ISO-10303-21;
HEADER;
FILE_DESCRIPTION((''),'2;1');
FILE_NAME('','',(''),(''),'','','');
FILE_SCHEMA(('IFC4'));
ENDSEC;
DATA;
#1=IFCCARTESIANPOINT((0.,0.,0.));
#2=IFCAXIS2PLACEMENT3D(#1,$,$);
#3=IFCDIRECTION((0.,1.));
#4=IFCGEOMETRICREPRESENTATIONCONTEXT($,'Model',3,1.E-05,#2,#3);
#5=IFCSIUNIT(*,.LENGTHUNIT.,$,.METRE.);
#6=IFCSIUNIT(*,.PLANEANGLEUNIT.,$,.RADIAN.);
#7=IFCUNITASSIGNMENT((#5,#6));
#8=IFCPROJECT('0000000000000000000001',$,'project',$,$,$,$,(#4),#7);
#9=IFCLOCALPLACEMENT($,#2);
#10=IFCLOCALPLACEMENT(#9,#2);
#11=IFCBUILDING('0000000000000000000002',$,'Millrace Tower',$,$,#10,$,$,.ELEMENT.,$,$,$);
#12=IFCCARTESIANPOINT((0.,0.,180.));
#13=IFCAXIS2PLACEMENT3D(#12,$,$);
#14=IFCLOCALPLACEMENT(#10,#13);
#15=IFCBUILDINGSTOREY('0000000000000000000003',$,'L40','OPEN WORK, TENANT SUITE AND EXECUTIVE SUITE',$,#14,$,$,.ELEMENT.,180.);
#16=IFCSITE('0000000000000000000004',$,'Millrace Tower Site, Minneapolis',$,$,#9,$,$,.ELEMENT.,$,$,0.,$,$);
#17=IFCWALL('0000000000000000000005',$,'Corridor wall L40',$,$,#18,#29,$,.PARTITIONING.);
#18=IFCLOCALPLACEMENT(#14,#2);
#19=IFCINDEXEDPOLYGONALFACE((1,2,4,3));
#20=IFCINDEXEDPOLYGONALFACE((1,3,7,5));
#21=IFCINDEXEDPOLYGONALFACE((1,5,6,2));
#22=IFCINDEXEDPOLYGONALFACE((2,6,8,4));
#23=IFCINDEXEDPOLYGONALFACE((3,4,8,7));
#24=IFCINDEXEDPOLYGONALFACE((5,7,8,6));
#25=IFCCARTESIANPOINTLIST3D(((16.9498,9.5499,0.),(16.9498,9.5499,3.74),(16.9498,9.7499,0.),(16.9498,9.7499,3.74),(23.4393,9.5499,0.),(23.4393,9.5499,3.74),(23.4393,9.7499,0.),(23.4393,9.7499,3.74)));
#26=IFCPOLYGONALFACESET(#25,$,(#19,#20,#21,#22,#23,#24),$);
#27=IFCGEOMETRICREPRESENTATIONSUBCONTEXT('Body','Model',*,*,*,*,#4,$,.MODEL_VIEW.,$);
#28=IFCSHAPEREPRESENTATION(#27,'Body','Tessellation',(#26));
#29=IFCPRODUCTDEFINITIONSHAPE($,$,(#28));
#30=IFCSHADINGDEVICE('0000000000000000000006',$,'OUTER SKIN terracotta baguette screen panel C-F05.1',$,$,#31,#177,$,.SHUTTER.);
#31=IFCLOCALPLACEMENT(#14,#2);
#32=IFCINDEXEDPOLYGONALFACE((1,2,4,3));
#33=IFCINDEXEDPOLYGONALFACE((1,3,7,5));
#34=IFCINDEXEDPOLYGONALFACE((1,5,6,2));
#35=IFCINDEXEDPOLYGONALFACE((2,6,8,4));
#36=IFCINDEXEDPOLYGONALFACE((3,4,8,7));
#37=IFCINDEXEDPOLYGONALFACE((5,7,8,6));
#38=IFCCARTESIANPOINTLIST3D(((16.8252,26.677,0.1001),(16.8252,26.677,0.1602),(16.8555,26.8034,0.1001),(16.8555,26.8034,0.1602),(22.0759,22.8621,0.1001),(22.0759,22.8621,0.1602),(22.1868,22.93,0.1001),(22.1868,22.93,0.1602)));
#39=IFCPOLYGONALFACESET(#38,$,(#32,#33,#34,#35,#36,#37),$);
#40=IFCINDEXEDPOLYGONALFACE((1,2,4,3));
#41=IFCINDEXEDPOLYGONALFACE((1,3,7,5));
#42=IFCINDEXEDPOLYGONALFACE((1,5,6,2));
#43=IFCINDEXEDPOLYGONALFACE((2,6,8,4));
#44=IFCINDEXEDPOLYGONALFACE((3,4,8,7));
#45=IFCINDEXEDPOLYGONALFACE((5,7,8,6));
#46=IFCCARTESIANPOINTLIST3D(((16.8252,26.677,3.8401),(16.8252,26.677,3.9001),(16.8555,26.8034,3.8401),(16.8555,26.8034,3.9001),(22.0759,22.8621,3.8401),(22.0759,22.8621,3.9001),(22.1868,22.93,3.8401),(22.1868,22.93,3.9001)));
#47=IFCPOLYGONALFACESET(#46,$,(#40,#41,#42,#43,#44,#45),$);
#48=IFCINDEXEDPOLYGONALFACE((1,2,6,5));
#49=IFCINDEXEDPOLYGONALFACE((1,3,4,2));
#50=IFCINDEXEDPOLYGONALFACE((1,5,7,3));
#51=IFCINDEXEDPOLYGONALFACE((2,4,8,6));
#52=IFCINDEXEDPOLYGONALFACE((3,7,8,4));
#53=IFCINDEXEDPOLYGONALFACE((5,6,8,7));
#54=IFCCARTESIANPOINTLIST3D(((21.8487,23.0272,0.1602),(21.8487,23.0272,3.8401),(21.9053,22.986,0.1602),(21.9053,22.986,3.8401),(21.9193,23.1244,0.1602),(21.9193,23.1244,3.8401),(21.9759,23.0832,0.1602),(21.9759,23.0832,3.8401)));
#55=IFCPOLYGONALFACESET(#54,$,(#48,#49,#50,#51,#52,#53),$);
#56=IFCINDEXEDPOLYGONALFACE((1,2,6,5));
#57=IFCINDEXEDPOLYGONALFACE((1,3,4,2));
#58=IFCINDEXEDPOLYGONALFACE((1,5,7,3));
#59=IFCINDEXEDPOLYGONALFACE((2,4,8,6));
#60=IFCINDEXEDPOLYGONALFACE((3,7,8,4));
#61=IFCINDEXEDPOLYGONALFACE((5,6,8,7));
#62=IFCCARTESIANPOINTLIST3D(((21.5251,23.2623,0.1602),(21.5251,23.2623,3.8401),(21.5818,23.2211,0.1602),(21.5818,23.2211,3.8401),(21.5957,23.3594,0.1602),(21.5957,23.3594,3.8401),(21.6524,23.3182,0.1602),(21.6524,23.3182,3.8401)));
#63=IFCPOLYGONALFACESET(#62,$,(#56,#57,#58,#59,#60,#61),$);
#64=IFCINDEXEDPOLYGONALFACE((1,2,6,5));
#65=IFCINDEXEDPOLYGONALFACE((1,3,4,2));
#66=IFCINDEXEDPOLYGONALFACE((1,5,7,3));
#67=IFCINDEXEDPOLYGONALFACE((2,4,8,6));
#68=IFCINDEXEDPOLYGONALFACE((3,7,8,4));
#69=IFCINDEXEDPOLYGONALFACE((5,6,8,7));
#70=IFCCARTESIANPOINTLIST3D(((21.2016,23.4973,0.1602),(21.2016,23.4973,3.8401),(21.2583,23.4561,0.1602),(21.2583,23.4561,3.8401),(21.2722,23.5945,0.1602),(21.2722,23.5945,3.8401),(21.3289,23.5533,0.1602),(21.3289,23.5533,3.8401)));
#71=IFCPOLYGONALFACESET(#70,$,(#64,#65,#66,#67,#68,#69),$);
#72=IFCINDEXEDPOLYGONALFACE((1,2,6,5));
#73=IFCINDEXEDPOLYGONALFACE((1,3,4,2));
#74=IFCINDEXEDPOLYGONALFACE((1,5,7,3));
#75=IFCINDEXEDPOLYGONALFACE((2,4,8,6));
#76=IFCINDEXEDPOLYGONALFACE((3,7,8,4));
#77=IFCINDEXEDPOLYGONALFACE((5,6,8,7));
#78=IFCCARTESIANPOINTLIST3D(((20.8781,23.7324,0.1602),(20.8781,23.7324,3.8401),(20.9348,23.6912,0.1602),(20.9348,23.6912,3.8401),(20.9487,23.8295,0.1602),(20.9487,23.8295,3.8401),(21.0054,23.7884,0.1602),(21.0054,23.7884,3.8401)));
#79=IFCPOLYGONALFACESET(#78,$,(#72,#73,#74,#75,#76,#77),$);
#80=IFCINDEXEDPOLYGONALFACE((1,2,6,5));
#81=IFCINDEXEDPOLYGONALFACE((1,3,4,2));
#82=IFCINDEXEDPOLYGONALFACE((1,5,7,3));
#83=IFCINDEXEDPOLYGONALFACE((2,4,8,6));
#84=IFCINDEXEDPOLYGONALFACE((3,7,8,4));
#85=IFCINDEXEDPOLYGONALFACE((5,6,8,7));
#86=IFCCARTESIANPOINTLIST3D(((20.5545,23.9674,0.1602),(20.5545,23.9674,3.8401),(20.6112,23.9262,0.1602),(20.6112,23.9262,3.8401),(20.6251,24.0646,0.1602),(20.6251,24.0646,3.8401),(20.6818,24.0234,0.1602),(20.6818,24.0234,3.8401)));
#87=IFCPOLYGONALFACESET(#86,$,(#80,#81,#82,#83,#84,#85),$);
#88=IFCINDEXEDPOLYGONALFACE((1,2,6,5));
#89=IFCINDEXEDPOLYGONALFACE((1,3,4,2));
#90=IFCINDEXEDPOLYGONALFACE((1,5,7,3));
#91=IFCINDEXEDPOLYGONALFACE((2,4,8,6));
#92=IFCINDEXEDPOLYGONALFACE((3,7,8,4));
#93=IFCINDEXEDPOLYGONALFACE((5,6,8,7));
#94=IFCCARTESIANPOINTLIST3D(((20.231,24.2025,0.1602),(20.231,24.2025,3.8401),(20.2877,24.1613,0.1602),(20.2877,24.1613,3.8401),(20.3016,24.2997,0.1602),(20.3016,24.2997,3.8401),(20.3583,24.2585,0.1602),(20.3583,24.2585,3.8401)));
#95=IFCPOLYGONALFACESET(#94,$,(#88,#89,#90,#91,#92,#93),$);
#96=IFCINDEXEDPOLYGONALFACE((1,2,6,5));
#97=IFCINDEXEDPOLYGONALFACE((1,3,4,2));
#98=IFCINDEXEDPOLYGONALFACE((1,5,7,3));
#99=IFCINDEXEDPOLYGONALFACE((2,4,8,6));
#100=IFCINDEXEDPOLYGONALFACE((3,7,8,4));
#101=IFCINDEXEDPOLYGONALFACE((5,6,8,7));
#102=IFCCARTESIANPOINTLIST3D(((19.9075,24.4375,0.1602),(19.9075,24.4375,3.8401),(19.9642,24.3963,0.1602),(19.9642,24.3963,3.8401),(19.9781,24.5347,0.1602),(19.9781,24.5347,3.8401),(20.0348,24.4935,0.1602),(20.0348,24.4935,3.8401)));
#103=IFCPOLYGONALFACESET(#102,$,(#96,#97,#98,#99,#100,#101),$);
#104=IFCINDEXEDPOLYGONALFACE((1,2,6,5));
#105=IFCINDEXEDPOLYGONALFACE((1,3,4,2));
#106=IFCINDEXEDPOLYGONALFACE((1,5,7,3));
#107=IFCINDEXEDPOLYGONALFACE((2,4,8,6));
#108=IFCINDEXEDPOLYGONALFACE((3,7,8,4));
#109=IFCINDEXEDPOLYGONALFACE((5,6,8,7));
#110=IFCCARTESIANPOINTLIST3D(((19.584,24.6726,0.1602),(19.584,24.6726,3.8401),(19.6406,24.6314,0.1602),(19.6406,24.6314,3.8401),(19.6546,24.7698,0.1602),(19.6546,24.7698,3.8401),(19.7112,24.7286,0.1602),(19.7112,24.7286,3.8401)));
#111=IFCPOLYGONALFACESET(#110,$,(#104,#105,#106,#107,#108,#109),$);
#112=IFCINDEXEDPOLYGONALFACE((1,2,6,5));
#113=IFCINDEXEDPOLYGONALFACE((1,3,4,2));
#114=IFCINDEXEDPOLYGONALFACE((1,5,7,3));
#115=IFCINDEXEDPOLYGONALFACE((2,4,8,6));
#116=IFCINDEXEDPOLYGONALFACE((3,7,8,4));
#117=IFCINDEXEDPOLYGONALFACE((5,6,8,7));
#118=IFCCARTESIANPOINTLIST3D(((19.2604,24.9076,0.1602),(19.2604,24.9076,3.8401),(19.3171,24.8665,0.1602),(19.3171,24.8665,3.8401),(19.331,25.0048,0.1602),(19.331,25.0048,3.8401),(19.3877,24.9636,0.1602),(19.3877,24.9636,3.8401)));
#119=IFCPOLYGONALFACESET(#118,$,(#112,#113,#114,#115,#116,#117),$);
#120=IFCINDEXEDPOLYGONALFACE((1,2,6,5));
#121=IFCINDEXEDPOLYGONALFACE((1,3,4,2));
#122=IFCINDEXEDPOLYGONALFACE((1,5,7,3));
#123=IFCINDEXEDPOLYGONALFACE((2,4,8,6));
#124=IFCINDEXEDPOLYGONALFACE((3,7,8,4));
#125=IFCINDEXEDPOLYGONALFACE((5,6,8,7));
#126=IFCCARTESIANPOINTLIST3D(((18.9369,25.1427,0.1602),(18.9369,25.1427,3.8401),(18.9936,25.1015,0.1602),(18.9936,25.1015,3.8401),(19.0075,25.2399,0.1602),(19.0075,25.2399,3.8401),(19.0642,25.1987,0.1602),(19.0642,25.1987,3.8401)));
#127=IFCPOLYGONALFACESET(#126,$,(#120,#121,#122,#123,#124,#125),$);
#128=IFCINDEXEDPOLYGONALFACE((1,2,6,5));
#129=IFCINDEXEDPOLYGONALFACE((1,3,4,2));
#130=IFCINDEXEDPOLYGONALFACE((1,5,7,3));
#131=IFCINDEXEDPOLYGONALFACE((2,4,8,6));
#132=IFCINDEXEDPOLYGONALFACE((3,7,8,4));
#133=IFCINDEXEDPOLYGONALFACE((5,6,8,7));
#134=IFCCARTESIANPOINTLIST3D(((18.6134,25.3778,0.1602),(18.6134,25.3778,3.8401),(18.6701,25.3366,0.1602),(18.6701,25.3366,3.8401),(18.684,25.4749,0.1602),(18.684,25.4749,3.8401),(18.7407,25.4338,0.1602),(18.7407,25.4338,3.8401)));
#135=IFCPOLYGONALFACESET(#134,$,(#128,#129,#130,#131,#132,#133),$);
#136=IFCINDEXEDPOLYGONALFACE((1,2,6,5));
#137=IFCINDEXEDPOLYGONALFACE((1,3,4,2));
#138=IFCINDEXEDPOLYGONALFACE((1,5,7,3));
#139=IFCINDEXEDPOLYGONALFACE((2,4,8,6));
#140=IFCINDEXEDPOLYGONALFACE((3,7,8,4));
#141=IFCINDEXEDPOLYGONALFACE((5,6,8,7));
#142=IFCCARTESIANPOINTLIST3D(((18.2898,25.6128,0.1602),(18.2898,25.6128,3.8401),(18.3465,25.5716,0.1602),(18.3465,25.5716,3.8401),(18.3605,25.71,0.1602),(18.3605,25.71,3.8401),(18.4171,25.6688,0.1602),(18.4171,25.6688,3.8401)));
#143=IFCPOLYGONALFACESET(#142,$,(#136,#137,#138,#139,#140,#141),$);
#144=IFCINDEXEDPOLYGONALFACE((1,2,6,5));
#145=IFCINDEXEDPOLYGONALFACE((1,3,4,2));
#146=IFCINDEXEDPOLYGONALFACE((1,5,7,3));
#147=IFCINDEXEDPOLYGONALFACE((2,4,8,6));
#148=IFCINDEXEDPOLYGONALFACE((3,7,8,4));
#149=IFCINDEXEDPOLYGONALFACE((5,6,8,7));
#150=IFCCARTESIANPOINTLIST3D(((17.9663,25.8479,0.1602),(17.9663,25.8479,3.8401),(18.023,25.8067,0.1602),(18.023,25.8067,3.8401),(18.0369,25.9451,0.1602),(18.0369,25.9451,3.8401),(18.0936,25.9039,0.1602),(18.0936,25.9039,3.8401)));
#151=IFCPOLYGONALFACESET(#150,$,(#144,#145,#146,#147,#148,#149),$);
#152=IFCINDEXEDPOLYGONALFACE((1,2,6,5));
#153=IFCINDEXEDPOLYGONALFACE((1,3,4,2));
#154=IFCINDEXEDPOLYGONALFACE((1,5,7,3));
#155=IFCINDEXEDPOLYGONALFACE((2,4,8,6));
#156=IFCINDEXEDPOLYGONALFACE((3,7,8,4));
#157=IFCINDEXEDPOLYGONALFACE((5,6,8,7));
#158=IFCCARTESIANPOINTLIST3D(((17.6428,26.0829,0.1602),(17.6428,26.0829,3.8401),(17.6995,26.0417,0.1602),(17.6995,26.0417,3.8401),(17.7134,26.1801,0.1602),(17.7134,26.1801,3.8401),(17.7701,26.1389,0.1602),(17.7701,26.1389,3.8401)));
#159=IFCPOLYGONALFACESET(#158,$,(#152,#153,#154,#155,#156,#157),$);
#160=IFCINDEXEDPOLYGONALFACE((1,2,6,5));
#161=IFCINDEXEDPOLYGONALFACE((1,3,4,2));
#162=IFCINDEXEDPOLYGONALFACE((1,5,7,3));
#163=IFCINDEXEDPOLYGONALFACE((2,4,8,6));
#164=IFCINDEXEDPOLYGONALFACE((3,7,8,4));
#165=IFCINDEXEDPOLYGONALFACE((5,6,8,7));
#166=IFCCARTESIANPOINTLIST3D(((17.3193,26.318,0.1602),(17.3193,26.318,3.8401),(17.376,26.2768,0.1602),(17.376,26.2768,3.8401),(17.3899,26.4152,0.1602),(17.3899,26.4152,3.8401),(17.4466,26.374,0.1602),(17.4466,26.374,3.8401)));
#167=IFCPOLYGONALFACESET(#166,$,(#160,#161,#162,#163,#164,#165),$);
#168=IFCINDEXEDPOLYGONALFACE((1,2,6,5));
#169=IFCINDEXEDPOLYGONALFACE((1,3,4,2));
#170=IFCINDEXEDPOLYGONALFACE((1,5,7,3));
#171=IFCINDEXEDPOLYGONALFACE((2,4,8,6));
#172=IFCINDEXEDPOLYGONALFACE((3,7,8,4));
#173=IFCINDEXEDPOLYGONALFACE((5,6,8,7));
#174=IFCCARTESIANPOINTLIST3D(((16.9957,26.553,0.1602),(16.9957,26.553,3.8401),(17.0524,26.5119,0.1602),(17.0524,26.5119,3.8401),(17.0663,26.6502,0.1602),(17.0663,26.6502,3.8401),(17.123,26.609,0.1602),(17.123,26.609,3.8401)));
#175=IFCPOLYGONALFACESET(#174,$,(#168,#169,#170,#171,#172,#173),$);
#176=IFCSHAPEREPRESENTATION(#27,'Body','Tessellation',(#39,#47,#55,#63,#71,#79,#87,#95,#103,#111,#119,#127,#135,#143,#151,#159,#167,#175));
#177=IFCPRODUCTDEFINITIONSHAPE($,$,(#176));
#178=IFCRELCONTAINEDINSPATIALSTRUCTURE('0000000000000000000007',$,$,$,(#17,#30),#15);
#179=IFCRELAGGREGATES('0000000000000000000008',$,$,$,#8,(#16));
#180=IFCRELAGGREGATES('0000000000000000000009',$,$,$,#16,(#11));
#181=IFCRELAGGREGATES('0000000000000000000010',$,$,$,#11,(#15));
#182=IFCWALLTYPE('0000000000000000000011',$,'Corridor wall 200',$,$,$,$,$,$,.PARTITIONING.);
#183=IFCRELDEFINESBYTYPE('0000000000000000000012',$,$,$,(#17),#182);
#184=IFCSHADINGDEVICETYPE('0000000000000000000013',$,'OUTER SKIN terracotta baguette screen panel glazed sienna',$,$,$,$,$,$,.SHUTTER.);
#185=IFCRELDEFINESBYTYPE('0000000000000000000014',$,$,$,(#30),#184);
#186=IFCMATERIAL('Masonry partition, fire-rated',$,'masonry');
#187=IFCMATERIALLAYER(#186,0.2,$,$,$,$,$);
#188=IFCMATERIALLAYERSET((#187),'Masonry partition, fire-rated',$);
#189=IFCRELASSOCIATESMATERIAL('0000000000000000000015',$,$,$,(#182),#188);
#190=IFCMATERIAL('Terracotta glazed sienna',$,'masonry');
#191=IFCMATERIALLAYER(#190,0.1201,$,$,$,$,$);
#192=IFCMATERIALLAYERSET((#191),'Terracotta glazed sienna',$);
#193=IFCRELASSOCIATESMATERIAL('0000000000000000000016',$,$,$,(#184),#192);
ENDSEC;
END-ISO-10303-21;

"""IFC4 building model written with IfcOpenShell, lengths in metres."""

from ifc_helpers import new_model, entity, si_unit, direction, frame, frame_2d, origin, place, context, subcontext, project, spatial, rectangle, extrude, source, transform, mapped, material, layer, layer_set, type_object, element, save


model = new_model("IFC4")

# Units and contexts
model_context = context("Model", 3, precision=1e-05, world=origin(), true_north=direction((0.0, 1.0)))
body_context = subcontext(model_context, "Body", "Model", "MODEL_VIEW")
ifc_project = project(units=[si_unit("LENGTHUNIT", "METRE"), si_unit("PLANEANGLEUNIT", "RADIAN")], contexts=[model_context])

# Site, building, storey
site_placement = place(None, origin())
site = spatial("IfcSite", under=ifc_project, at=site_placement, Name="Millrace Tower Site, Minneapolis", CompositionType="ELEMENT", RefElevation=0.0)
building_placement = place(site_placement, origin())
building = spatial("IfcBuilding", under=site, at=building_placement, Name="Millrace Tower", CompositionType="ELEMENT")
storey_placement = place(building_placement, frame((0.0, 0.0, 180.0)))
storey = spatial("IfcBuildingStorey", under=building, at=storey_placement, Name="L40", Description="OPEN WORK, TENANT SUITE AND EXECUTIVE SUITE", CompositionType="ELEMENT", Elevation=180.0)

# Wall
ifc_material_1 = material(Name="Masonry partition, fire-rated", Category="masonry")
ifc_layer_1 = layer(ifc_material_1, 0.2)
ifc_layer_set_1 = layer_set([ifc_layer_1], Name="Masonry partition, fire-rated")
wall_type = type_object("IfcWallType", Name="Corridor wall 200", PredefinedType="PARTITIONING", material=ifc_layer_set_1)
wall_placement = place(storey_placement, frame((16.95, 9.6499, 0.0), z_axis=(0.0, 0.0, 1.0), x_axis=(1.0, 0.0, 0.0)))
element("IfcWall", 1, at=wall_placement, inside=storey, type_object=wall_type, Name="Corridor wall L40", PredefinedType="PARTITIONING", context=body_context, shape_type="SweptSolid", body=[
    extrude(rectangle(XDim=6.4895, YDim=0.2, at=frame_2d((3.2446, 0.0))), origin(), (0.0, 0.0, 1.0), 3.74),
])

# Shading device
ifc_material_2 = material(Name="Terracotta glazed sienna", Category="masonry")
ifc_layer_2 = layer(ifc_material_2, 0.1201)
ifc_layer_set_2 = layer_set([ifc_layer_2], Name="Terracotta glazed sienna")
shading_device_type = type_object("IfcShadingDeviceType", Name="OUTER SKIN terracotta baguette screen panel glazed sienna", PredefinedType="SHUTTER", material=ifc_layer_set_2)
cartesian_point_1 = entity("IfcCartesianPoint", [-3.2451, 0.0601])
shared_polyline_1 = entity("IfcPolyline", [cartesian_point_1, entity("IfcCartesianPoint", [3.2451, 0.0601]), entity("IfcCartesianPoint", [3.2949, -0.0601]), entity("IfcCartesianPoint", [-3.2949, -0.0601]), cartesian_point_1])
shared_shape_1 = source(origin(), body_context, "Body", "SweptSolid", [
    entity("IfcExtrudedAreaSolid", entity("IfcArbitraryClosedProfileDef", "AREA", None, shared_polyline_1), entity("IfcAxis2Placement3D", entity("IfcCartesianPoint", [0.0, 0.0, 0.0])), entity("IfcDirection", [0.0, 0.0, 1.0]), 0.0601),
    entity("IfcExtrudedAreaSolid", entity("IfcArbitraryClosedProfileDef", "AREA", None, shared_polyline_1), entity("IfcAxis2Placement3D", entity("IfcCartesianPoint", [0.0, 0.0, 3.74])), entity("IfcDirection", [0.0, 0.0, 1.0]), 0.0601),
    extrude(rectangle(XDim=0.0701, YDim=0.1201, at=frame_2d((-2.9993, 0.0))), frame((0.0, 0.0, 0.0601)), (0.0, 0.0, 1.0), 3.6799),
    extrude(rectangle(XDim=0.0701, YDim=0.1201, at=frame_2d((-2.5994, 0.0))), frame((0.0, 0.0, 0.0601)), (0.0, 0.0, 1.0), 3.6799),
    extrude(rectangle(XDim=0.0701, YDim=0.1201, at=frame_2d((-2.1995, 0.0))), frame((0.0, 0.0, 0.0601)), (0.0, 0.0, 1.0), 3.6799),
    extrude(rectangle(XDim=0.0701, YDim=0.1201, at=frame_2d((-1.7996, 0.0))), frame((0.0, 0.0, 0.0601)), (0.0, 0.0, 1.0), 3.6799),
    extrude(rectangle(XDim=0.0701, YDim=0.1201, at=frame_2d((-1.3997, 0.0))), frame((0.0, 0.0, 0.0601)), (0.0, 0.0, 1.0), 3.6799),
    extrude(rectangle(XDim=0.0701, YDim=0.1201, at=frame_2d((-0.9998, 0.0))), frame((0.0, 0.0, 0.0601)), (0.0, 0.0, 1.0), 3.6799),
    extrude(rectangle(XDim=0.0701, YDim=0.1201, at=frame_2d((-0.5999, 0.0))), frame((0.0, 0.0, 0.0601)), (0.0, 0.0, 1.0), 3.6799),
    extrude(rectangle(XDim=0.0701, YDim=0.1201, at=frame_2d((-0.2, 0.0))), frame((0.0, 0.0, 0.0601)), (0.0, 0.0, 1.0), 3.6799),
    extrude(rectangle(XDim=0.0701, YDim=0.1201, at=frame_2d((0.2, 0.0))), frame((0.0, 0.0, 0.0601)), (0.0, 0.0, 1.0), 3.6799),
    extrude(rectangle(XDim=0.0701, YDim=0.1201, at=frame_2d((0.5999, 0.0))), frame((0.0, 0.0, 0.0601)), (0.0, 0.0, 1.0), 3.6799),
    extrude(rectangle(XDim=0.0701, YDim=0.1201, at=frame_2d((0.9998, 0.0))), frame((0.0, 0.0, 0.0601)), (0.0, 0.0, 1.0), 3.6799),
    extrude(rectangle(XDim=0.0701, YDim=0.1201, at=frame_2d((1.3997, 0.0))), frame((0.0, 0.0, 0.0601)), (0.0, 0.0, 1.0), 3.6799),
    extrude(rectangle(XDim=0.0701, YDim=0.1201, at=frame_2d((1.7996, 0.0))), frame((0.0, 0.0, 0.0601)), (0.0, 0.0, 1.0), 3.6799),
    extrude(rectangle(XDim=0.0701, YDim=0.1201, at=frame_2d((2.1995, 0.0))), frame((0.0, 0.0, 0.0601)), (0.0, 0.0, 1.0), 3.6799),
    extrude(rectangle(XDim=0.0701, YDim=0.1201, at=frame_2d((2.5994, 0.0))), frame((0.0, 0.0, 0.0601)), (0.0, 0.0, 1.0), 3.6799),
    extrude(rectangle(XDim=0.0701, YDim=0.1201, at=frame_2d((2.9993, 0.0))), frame((0.0, 0.0, 0.0601)), (0.0, 0.0, 1.0), 3.6799),
])
shading_device_1_placement = place(storey_placement, frame((19.4858, 24.8181, 0.1001), z_axis=(0.0, 0.0, 1.0), x_axis=(-0.809017, 0.587785, 0.0)))
element("IfcShadingDevice", 2, at=shading_device_1_placement, inside=storey, type_object=shading_device_type, Name="OUTER SKIN terracotta baguette screen panel C-F05.1", PredefinedType="SHUTTER", context=body_context, shape_type="MappedRepresentation", body=[
    mapped(shared_shape_1, transform((0.0, 0.0, 0.0), scale=1.0)),
])

save(model, "model.ifc")
